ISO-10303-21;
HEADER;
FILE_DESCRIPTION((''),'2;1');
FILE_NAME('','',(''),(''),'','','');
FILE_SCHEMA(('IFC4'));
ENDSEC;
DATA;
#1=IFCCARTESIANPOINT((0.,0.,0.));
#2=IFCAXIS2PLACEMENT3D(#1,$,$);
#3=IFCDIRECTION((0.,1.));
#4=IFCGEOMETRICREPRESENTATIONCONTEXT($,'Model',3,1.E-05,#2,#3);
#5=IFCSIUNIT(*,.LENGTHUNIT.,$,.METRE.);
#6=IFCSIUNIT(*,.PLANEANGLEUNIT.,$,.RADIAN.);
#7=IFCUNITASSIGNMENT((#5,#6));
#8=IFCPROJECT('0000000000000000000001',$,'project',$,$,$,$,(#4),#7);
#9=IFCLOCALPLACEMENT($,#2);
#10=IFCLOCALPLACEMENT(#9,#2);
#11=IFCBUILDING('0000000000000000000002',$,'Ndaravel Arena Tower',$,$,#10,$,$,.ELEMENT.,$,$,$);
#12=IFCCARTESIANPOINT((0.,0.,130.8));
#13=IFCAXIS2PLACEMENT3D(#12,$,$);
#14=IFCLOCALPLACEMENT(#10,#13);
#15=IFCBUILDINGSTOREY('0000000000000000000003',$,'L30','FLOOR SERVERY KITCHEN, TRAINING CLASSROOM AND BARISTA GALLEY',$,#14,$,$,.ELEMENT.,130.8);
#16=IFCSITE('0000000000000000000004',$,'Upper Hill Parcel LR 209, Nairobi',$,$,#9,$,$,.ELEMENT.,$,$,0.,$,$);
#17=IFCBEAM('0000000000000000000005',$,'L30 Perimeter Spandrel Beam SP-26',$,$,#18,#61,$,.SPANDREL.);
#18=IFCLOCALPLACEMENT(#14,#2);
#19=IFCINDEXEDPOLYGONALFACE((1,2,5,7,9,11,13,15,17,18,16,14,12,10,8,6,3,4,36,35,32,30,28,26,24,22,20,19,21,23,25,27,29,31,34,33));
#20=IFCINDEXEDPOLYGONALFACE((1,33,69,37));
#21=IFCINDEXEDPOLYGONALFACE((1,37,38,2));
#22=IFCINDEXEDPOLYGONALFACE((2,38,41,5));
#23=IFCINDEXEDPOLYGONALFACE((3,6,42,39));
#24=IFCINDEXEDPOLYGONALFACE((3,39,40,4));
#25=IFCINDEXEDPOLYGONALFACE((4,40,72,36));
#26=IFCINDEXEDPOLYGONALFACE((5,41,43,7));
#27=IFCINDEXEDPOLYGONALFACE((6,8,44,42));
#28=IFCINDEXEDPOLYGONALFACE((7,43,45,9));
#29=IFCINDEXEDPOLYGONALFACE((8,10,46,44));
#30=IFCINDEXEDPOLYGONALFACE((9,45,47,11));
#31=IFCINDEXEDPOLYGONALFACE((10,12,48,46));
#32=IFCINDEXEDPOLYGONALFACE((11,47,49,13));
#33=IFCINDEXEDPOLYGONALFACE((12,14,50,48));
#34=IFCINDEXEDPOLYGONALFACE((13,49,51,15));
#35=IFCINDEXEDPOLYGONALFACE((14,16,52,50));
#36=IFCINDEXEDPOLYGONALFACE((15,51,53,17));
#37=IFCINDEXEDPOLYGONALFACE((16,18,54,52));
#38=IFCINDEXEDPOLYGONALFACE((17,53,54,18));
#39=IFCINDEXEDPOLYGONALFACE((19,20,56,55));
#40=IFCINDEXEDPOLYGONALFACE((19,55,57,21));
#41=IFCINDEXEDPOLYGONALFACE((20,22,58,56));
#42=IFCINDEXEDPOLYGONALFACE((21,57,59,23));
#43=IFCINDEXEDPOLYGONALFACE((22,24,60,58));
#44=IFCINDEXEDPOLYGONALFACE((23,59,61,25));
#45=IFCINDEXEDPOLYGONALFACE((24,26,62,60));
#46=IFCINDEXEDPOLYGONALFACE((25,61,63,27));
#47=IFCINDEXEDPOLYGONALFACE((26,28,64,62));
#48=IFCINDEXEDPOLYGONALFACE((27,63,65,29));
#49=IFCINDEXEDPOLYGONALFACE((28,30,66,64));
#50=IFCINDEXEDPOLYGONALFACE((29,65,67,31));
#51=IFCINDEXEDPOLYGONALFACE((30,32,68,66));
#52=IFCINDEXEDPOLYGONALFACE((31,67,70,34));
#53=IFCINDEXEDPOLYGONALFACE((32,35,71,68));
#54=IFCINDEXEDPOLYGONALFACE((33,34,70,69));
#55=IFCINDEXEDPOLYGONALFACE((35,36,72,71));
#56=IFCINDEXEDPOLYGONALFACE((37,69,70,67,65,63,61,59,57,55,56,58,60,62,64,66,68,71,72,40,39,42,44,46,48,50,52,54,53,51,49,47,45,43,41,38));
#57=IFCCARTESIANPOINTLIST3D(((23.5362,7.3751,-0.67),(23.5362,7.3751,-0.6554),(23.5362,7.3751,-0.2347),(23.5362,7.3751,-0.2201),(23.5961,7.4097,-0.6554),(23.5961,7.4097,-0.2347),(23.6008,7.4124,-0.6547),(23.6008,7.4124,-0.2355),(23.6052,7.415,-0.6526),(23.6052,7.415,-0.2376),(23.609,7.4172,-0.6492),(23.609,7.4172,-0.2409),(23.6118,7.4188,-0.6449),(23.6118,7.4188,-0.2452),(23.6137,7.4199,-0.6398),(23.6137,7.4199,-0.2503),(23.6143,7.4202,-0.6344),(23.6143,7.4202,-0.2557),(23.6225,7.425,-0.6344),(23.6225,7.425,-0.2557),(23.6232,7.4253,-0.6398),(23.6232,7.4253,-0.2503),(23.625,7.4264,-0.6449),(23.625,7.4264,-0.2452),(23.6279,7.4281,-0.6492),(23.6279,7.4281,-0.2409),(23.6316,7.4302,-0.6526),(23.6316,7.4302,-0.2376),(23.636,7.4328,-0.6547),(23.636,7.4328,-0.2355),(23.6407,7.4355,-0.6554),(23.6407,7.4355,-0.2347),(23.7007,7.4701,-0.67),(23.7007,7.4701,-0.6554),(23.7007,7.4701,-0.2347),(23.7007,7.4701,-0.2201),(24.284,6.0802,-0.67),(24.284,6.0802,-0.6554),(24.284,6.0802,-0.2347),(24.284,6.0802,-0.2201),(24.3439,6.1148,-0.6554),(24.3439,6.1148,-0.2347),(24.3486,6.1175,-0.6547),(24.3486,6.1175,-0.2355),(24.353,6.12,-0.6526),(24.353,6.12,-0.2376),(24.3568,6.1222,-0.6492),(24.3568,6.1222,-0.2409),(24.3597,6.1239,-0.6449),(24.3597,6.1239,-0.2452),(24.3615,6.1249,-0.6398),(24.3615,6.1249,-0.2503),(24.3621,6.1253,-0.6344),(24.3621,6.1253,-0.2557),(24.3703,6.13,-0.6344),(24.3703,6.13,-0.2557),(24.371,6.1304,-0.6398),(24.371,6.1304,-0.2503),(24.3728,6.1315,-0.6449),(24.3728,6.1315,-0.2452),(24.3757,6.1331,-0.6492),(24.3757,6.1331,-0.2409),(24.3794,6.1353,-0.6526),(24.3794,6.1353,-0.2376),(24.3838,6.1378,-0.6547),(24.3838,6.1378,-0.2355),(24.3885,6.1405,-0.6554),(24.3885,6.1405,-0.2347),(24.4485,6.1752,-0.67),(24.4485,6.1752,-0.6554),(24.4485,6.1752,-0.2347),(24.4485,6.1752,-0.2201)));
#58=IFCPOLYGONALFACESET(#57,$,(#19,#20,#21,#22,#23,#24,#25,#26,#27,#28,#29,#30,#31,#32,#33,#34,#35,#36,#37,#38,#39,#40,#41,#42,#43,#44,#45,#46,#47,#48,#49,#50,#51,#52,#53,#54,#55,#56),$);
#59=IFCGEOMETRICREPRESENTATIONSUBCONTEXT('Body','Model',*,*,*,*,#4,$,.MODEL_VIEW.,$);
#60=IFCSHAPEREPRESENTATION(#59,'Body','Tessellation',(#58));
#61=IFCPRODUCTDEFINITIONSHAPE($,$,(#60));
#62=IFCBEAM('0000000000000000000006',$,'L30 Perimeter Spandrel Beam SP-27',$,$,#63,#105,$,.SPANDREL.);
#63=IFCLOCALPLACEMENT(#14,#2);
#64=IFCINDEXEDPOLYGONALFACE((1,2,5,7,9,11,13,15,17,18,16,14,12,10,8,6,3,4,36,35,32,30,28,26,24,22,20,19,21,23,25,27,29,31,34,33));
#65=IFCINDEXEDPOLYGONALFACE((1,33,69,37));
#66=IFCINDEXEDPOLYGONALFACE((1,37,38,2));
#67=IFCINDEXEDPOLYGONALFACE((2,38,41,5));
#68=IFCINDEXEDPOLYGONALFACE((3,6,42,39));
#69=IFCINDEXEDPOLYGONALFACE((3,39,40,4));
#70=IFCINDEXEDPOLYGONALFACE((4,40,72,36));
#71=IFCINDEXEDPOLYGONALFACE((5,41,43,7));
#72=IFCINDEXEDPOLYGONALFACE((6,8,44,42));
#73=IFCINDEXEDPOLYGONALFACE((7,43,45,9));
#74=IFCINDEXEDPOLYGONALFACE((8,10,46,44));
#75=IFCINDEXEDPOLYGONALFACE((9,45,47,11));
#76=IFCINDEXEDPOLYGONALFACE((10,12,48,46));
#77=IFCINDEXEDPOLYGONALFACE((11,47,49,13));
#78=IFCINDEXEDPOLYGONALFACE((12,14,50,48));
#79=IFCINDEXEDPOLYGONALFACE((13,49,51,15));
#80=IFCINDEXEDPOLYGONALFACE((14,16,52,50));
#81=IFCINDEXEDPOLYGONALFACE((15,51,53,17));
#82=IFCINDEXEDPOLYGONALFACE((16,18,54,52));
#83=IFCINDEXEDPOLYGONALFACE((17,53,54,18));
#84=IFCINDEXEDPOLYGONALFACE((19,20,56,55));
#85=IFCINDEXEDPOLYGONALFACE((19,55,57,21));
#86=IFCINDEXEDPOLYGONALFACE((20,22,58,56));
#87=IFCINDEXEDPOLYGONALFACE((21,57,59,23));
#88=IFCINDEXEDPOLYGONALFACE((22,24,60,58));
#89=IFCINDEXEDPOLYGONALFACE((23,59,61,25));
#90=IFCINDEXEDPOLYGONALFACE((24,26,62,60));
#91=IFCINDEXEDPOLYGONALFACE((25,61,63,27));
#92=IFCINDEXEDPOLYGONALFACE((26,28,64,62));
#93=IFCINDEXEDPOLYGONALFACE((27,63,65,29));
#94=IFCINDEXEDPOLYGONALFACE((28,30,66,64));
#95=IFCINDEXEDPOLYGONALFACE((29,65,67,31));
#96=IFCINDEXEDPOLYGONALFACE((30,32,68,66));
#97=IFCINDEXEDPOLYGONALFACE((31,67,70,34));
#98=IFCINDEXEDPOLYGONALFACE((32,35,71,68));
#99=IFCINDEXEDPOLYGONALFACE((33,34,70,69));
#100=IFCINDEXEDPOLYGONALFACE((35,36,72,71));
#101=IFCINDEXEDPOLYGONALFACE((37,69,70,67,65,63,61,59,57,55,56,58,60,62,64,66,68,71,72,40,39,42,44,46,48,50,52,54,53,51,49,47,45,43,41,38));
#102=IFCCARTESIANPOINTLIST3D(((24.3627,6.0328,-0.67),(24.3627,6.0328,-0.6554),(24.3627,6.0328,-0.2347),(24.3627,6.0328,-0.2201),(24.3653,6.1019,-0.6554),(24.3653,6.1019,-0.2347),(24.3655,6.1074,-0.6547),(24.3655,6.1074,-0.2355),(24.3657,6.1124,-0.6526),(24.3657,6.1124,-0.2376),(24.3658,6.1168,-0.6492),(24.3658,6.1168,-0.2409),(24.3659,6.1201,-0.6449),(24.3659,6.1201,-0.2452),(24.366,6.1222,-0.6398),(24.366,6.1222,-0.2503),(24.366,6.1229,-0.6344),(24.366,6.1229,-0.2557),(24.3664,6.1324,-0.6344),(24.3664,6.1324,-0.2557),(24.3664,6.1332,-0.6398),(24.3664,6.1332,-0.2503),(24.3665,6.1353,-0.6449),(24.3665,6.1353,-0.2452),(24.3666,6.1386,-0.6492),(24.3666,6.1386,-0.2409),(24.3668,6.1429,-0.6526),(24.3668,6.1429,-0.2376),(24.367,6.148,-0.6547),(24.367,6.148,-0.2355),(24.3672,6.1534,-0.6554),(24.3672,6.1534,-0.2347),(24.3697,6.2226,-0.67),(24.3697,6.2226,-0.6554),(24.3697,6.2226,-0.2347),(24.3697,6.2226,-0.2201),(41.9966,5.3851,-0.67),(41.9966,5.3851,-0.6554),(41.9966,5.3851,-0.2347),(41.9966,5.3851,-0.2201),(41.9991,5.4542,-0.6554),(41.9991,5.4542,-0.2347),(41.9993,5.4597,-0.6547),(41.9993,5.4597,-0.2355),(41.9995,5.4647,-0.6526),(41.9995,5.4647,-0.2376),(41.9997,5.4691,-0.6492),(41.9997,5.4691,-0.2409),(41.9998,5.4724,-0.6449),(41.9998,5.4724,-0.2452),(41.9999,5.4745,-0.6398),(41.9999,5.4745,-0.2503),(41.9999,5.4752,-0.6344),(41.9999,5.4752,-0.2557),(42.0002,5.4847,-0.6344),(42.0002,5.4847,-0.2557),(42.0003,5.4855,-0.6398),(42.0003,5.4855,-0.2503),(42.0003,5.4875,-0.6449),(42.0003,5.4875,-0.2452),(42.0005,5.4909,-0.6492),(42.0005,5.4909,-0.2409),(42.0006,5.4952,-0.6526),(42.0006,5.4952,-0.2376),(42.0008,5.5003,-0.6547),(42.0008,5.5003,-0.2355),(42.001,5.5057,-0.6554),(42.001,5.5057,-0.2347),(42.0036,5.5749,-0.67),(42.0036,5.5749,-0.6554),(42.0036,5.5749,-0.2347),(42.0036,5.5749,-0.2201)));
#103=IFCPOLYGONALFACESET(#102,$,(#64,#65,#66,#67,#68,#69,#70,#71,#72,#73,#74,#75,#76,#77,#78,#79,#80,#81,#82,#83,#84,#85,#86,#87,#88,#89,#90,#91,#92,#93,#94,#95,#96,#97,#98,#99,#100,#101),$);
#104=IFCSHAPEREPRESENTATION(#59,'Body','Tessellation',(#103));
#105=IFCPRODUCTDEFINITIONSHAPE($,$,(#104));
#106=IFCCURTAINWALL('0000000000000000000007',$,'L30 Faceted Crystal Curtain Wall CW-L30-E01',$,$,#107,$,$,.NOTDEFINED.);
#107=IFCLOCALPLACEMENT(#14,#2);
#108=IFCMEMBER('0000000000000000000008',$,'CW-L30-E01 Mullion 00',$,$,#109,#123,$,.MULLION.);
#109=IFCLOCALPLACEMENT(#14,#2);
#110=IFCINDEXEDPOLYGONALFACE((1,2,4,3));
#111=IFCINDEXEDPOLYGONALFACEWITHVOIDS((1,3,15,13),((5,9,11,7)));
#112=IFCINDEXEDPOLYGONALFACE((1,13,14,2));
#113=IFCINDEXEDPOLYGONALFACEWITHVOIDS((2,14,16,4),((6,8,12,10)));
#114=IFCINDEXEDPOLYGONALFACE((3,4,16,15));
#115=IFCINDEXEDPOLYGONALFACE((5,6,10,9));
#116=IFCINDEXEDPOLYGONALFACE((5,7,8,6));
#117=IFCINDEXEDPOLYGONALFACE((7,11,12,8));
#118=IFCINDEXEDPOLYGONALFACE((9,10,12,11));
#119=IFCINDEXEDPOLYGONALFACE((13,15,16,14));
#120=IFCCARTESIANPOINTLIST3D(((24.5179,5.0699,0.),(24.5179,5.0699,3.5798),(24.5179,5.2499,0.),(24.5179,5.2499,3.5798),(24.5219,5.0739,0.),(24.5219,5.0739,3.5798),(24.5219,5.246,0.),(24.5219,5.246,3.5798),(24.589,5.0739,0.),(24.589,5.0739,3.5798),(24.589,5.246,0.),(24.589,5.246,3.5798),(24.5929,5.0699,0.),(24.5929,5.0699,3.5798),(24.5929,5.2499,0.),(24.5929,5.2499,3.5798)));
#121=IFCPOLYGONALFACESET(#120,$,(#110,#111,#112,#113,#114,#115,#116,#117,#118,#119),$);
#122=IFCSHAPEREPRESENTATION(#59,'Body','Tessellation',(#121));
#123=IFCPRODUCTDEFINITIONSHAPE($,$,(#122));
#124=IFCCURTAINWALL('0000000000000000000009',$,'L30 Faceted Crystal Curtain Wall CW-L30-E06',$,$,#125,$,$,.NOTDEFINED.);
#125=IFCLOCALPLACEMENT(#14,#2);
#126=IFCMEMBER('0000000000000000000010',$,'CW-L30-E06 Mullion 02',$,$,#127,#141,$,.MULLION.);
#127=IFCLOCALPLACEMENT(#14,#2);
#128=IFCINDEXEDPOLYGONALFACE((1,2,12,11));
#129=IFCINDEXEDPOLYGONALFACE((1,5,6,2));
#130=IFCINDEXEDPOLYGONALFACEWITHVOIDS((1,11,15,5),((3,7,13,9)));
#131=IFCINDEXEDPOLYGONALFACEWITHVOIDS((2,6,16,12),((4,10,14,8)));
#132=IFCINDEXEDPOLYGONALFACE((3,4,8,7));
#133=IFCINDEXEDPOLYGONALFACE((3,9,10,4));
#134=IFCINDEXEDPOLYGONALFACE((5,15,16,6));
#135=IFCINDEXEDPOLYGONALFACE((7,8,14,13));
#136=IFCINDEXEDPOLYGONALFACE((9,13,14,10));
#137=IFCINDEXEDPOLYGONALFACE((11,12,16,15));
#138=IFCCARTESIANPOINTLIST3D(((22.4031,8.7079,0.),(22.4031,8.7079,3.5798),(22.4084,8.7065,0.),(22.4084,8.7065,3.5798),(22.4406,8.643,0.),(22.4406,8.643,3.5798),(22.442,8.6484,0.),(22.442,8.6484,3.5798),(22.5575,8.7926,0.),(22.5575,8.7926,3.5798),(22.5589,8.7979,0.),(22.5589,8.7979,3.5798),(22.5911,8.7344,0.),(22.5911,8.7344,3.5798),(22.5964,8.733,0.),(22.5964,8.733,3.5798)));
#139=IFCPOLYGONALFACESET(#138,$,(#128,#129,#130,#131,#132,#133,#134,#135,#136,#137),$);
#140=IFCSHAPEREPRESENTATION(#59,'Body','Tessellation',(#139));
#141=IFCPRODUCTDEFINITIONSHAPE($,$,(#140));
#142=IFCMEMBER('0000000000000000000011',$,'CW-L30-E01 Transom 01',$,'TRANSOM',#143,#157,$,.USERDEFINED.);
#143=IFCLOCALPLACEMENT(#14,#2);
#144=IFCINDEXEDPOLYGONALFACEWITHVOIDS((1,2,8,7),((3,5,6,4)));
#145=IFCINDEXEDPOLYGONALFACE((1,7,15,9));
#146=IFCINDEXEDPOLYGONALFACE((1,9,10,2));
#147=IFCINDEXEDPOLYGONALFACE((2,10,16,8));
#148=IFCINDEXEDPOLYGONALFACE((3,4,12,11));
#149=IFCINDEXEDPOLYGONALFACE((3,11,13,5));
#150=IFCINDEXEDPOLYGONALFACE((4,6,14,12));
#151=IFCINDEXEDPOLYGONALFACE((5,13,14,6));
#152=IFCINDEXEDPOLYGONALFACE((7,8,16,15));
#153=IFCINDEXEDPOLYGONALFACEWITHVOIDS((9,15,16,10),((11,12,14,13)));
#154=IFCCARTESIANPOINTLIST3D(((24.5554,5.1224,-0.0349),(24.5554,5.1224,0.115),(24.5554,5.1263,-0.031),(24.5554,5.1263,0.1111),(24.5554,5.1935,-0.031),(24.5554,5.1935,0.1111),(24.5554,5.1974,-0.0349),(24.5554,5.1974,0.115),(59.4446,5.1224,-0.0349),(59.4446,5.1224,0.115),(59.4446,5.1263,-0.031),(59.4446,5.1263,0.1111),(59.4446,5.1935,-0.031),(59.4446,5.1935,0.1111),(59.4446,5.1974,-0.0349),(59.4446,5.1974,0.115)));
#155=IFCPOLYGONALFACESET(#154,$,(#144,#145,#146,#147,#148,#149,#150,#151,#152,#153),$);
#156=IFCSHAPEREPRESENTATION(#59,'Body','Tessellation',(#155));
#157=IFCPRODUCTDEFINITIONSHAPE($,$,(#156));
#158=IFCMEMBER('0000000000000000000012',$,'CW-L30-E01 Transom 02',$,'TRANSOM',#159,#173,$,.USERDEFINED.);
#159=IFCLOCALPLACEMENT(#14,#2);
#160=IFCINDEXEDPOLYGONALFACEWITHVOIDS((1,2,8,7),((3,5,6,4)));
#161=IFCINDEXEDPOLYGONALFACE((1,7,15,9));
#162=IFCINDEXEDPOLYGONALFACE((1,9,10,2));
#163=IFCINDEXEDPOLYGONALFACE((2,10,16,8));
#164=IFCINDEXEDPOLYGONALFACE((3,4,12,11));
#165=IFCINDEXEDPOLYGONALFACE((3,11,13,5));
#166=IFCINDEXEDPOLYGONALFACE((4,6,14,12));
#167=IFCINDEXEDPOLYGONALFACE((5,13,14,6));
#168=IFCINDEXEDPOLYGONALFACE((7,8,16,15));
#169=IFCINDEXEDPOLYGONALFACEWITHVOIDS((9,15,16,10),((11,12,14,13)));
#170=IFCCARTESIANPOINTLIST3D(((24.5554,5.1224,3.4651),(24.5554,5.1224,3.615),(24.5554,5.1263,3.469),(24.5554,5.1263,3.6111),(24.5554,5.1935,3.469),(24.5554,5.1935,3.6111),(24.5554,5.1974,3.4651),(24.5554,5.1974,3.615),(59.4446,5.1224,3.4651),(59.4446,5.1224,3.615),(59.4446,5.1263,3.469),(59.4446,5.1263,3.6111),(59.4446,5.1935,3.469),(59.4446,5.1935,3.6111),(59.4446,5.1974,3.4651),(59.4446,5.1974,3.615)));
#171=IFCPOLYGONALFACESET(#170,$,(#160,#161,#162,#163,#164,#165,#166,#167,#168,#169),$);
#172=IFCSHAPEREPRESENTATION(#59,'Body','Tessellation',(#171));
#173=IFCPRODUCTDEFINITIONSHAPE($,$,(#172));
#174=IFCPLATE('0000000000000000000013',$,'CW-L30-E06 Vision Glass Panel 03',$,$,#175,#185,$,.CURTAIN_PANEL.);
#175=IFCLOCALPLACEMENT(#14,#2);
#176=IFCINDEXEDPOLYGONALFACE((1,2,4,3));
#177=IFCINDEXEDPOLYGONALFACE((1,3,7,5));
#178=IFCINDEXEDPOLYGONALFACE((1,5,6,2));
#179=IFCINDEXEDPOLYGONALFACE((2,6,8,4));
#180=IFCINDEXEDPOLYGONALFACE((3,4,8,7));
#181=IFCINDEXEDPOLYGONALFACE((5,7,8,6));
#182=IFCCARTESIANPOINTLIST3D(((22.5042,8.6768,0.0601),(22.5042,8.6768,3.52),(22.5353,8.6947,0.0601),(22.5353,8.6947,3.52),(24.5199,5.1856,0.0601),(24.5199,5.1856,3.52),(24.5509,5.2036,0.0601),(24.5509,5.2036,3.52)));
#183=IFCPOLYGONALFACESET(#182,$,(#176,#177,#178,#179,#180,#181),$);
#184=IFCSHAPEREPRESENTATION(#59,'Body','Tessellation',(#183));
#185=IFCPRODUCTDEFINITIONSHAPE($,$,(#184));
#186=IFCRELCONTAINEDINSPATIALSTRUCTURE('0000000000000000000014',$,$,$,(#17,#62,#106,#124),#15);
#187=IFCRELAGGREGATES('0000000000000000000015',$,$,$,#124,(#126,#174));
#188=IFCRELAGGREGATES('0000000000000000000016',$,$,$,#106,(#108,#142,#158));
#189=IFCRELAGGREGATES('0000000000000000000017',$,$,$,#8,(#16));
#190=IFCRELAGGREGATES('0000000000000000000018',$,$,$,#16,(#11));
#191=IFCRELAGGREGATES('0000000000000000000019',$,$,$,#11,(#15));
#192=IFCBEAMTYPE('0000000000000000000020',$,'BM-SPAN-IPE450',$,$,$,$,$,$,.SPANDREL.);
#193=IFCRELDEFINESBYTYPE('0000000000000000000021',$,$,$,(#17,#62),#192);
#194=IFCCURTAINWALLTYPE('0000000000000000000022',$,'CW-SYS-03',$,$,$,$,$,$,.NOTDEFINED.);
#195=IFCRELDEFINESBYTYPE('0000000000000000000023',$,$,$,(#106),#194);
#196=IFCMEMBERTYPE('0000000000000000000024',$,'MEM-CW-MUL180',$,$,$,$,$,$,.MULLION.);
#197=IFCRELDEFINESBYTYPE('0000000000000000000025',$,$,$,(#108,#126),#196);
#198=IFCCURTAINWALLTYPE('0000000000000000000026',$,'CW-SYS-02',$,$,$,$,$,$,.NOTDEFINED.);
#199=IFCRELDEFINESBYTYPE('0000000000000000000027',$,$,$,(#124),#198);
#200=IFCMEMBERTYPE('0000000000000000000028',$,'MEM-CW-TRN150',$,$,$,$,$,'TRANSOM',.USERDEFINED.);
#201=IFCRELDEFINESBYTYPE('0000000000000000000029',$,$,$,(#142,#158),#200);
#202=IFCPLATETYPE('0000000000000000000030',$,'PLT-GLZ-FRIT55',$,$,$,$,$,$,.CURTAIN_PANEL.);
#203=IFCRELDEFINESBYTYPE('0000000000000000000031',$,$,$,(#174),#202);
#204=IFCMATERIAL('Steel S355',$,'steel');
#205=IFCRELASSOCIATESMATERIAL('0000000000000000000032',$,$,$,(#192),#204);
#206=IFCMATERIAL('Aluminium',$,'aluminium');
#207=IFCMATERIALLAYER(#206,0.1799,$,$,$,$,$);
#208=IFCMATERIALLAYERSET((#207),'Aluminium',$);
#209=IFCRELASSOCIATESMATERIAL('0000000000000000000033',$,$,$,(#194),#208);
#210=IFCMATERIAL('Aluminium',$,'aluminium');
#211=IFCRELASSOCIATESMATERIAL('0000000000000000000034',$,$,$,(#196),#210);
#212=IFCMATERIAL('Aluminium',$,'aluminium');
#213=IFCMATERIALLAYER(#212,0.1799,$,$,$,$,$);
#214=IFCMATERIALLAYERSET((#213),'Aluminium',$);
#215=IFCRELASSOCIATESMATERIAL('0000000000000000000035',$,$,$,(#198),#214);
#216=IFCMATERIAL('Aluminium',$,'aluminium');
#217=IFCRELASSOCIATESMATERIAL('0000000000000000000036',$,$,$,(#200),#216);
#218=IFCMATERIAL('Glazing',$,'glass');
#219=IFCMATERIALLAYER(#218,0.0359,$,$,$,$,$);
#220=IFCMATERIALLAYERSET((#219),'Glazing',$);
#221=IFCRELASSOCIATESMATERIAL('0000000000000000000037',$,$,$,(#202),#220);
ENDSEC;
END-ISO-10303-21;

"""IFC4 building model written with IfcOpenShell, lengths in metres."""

from ifc_helpers import new_model, si_unit, direction, frame, origin, origin_2d, place, context, subcontext, project, spatial, rectangle, hollow_rectangle, i_section, extrude, material, layer, layer_set, material_profile, profile_set, type_object, element, aggregate, save


model = new_model("IFC4")

# Units and contexts
model_context = context("Model", 3, precision=1e-05, world=origin(), true_north=direction((0.0, 1.0)))
body_context = subcontext(model_context, "Body", "Model", "MODEL_VIEW")
ifc_project = project(units=[si_unit("LENGTHUNIT", "METRE"), si_unit("PLANEANGLEUNIT", "RADIAN")], contexts=[model_context])

# Site, building, storey
site_placement = place(None, origin())
site = spatial("IfcSite", under=ifc_project, at=site_placement, Name="Upper Hill Parcel LR 209, Nairobi", CompositionType="ELEMENT", RefElevation=0.0)
building_placement = place(site_placement, origin())
building = spatial("IfcBuilding", under=site, at=building_placement, Name="Ndaravel Arena Tower", CompositionType="ELEMENT")
storey_placement = place(building_placement, frame((0.0, 0.0, 130.8)))
storey = spatial("IfcBuildingStorey", under=building, at=storey_placement, Name="L30", Description="FLOOR SERVERY KITCHEN, TRAINING CLASSROOM AND BARISTA GALLEY", CompositionType="ELEMENT", Elevation=130.8)

# Beams
ifc_material_1 = material(Name="Steel S355", Category="steel")
ifc_material_profile_1 = material_profile(ifc_material_1, i_section(OverallWidth=0.1899, OverallDepth=0.45, WebThickness=0.0095, FlangeThickness=0.0146, FilletRadius=0.021, at=origin_2d()), Name="IPE 450")
ifc_profile_set_1 = profile_set([ifc_material_profile_1], Name="Steel S355")
beam_type = type_object("IfcBeamType", Name="BM-SPAN-IPE450", PredefinedType="SPANDREL", material=ifc_profile_set_1)
for number, where, z_axis, x_axis, name in (
    (1, (23.6184, 7.4226, -0.4451), (0.50009, -0.865973, 0.0), (0.865973, 0.50009, 0.0), "L30 Perimeter Spandrel Beam SP-26"),
):
    element("IfcBeam", number, at=place(storey_placement, frame(where, z_axis=z_axis, x_axis=x_axis)), inside=storey, type_object=beam_type, Name=name, PredefinedType="SPANDREL", context=body_context, shape_type="SweptSolid", body=[
        extrude(i_section(OverallWidth=0.1899, OverallDepth=0.45, WebThickness=0.0095, FlangeThickness=0.0146, FilletRadius=0.021, at=origin_2d()), origin(), (0.0, 0.0, 1.0), 1.4954),
    ])
beam_placement = place(storey_placement, frame((24.3662, 6.1277, -0.4451), z_axis=(0.999326, -0.036706, 0.0), x_axis=(0.036706, 0.999326, 0.0)))
element("IfcBeam", 2, at=beam_placement, inside=storey, type_object=beam_type, Name="L30 Perimeter Spandrel Beam SP-27", PredefinedType="SPANDREL", context=body_context, shape_type="SweptSolid", body=[
    extrude(i_section(OverallWidth=0.1899, OverallDepth=0.45, WebThickness=0.0095, FlangeThickness=0.0146, FilletRadius=0.021, at=origin_2d()), origin(), (0.0, 0.0, 1.0), 17.6458),
])

# Curtain walls, members
ifc_material_2 = material(Name="Aluminium", Category="aluminium")
ifc_layer_1 = layer(ifc_material_2, 0.1799)
ifc_layer_set_1 = layer_set([ifc_layer_1], Name="Aluminium")
curtain_wall_type_1 = type_object("IfcCurtainWallType", Name="CW-SYS-03", PredefinedType="NOTDEFINED", material=ifc_layer_set_1)
curtain_wall_1_placement = place(storey_placement, origin())
curtain_wall_1 = element("IfcCurtainWall", 3, at=curtain_wall_1_placement, inside=storey, type_object=curtain_wall_type_1, Name="L30 Faceted Crystal Curtain Wall CW-L30-E01", PredefinedType="NOTDEFINED")
ifc_material_3 = material(Name="Aluminium", Category="aluminium")
ifc_material_profile_2 = material_profile(ifc_material_3, hollow_rectangle(XDim=0.075, YDim=0.1799, WallThickness=0.0039, at=origin_2d()), Name="CW MULLION 75x180x4")
ifc_profile_set_2 = profile_set([ifc_material_profile_2], Name="Aluminium")
member_type_1 = type_object("IfcMemberType", Name="MEM-CW-MUL180", PredefinedType="MULLION", material=ifc_profile_set_2)
member_1_placement = place(storey_placement, frame((24.5554, 5.1599, 0.0), z_axis=(0.0, 0.0, 1.0), x_axis=(1.0, 0.0, 0.0)))
member_1 = element("IfcMember", 4, at=member_1_placement, type_object=member_type_1, Name="CW-L30-E01 Mullion 00", PredefinedType="MULLION", context=body_context, shape_type="SweptSolid", body=[
    extrude(hollow_rectangle(XDim=0.075, YDim=0.1799, WallThickness=0.0039, at=origin_2d()), origin(), (0.0, 0.0, 1.0), 3.5798),
])
ifc_material_4 = material(Name="Aluminium", Category="aluminium")
ifc_layer_2 = layer(ifc_material_4, 0.1799)
ifc_layer_set_2 = layer_set([ifc_layer_2], Name="Aluminium")
curtain_wall_type_2 = type_object("IfcCurtainWallType", Name="CW-SYS-02", PredefinedType="NOTDEFINED", material=ifc_layer_set_2)
curtain_wall_2_placement = place(storey_placement, origin())
curtain_wall_2 = element("IfcCurtainWall", 5, at=curtain_wall_2_placement, inside=storey, type_object=curtain_wall_type_2, Name="L30 Faceted Crystal Curtain Wall CW-L30-E06", PredefinedType="NOTDEFINED")
member_2_placement = place(storey_placement, frame((22.4998, 8.7205, 0.0), z_axis=(0.0, 0.0, 1.0), x_axis=(0.5, -0.866025, 0.0)))
member_2 = element("IfcMember", 6, at=member_2_placement, type_object=member_type_1, Name="CW-L30-E06 Mullion 02", PredefinedType="MULLION", context=body_context, shape_type="SweptSolid", body=[
    extrude(hollow_rectangle(XDim=0.075, YDim=0.1799, WallThickness=0.0039, at=origin_2d()), origin(), (0.0, 0.0, 1.0), 3.5798),
])

# Members
ifc_material_5 = material(Name="Aluminium", Category="aluminium")
ifc_material_profile_3 = material_profile(ifc_material_5, hollow_rectangle(XDim=0.075, YDim=0.1499, WallThickness=0.0039, at=origin_2d()), Name="CW TRANSOM 75x150x4")
ifc_profile_set_3 = profile_set([ifc_material_profile_3], Name="Aluminium")
member_type_2 = type_object("IfcMemberType", Name="MEM-CW-TRN150", ElementType="TRANSOM", PredefinedType="USERDEFINED", material=ifc_profile_set_3)
member_3_placement = place(storey_placement, frame((24.5554, 5.1599, 0.04), z_axis=(1.0, 0.0, 0.0), x_axis=(0.0, 1.0, 0.0)))
member_3 = element("IfcMember", 7, at=member_3_placement, type_object=member_type_2, Name="CW-L30-E01 Transom 01", ObjectType="TRANSOM", PredefinedType="USERDEFINED", context=body_context, shape_type="SweptSolid", body=[
    extrude(hollow_rectangle(XDim=0.075, YDim=0.1499, WallThickness=0.0039, at=origin_2d()), origin(), (0.0, 0.0, 1.0), 34.8892),
])
member_4_placement = place(storey_placement, frame((24.5554, 5.1599, 3.54), z_axis=(1.0, 0.0, 0.0), x_axis=(0.0, 1.0, 0.0)))
member_4 = element("IfcMember", 8, at=member_4_placement, type_object=member_type_2, Name="CW-L30-E01 Transom 02", ObjectType="TRANSOM", PredefinedType="USERDEFINED", context=body_context, shape_type="SweptSolid", body=[
    extrude(hollow_rectangle(XDim=0.075, YDim=0.1499, WallThickness=0.0039, at=origin_2d()), origin(), (0.0, 0.0, 1.0), 34.8892),
])

# Plate
ifc_material_6 = material(Name="Glazing", Category="glass")
ifc_layer_3 = layer(ifc_material_6, 0.0359)
ifc_layer_set_3 = layer_set([ifc_layer_3], Name="Glazing")
plate_type_1 = type_object("IfcPlateType", Name="PLT-GLZ-FRIT55", PredefinedType="CURTAIN_PANEL", material=ifc_layer_set_3)
plate_1_placement = place(storey_placement, frame((23.5276, 6.9402, 0.0601), z_axis=(0.0, 0.0, 1.0), x_axis=(0.5, -0.866025, 0.0)))
plate_1 = element("IfcPlate", 9, at=plate_1_placement, type_object=plate_type_1, Name="CW-L30-E06 Vision Glass Panel 03", PredefinedType="CURTAIN_PANEL", context=body_context, shape_type="SweptSolid", body=[
    extrude(rectangle(XDim=4.0312, YDim=0.0359, at=origin_2d()), origin(), (0.0, 0.0, 1.0), 3.46),
])
aggregate(curtain_wall_2, [member_2, plate_1])
aggregate(curtain_wall_1, [member_1, member_3, member_4])

save(model, "model.ifc")
